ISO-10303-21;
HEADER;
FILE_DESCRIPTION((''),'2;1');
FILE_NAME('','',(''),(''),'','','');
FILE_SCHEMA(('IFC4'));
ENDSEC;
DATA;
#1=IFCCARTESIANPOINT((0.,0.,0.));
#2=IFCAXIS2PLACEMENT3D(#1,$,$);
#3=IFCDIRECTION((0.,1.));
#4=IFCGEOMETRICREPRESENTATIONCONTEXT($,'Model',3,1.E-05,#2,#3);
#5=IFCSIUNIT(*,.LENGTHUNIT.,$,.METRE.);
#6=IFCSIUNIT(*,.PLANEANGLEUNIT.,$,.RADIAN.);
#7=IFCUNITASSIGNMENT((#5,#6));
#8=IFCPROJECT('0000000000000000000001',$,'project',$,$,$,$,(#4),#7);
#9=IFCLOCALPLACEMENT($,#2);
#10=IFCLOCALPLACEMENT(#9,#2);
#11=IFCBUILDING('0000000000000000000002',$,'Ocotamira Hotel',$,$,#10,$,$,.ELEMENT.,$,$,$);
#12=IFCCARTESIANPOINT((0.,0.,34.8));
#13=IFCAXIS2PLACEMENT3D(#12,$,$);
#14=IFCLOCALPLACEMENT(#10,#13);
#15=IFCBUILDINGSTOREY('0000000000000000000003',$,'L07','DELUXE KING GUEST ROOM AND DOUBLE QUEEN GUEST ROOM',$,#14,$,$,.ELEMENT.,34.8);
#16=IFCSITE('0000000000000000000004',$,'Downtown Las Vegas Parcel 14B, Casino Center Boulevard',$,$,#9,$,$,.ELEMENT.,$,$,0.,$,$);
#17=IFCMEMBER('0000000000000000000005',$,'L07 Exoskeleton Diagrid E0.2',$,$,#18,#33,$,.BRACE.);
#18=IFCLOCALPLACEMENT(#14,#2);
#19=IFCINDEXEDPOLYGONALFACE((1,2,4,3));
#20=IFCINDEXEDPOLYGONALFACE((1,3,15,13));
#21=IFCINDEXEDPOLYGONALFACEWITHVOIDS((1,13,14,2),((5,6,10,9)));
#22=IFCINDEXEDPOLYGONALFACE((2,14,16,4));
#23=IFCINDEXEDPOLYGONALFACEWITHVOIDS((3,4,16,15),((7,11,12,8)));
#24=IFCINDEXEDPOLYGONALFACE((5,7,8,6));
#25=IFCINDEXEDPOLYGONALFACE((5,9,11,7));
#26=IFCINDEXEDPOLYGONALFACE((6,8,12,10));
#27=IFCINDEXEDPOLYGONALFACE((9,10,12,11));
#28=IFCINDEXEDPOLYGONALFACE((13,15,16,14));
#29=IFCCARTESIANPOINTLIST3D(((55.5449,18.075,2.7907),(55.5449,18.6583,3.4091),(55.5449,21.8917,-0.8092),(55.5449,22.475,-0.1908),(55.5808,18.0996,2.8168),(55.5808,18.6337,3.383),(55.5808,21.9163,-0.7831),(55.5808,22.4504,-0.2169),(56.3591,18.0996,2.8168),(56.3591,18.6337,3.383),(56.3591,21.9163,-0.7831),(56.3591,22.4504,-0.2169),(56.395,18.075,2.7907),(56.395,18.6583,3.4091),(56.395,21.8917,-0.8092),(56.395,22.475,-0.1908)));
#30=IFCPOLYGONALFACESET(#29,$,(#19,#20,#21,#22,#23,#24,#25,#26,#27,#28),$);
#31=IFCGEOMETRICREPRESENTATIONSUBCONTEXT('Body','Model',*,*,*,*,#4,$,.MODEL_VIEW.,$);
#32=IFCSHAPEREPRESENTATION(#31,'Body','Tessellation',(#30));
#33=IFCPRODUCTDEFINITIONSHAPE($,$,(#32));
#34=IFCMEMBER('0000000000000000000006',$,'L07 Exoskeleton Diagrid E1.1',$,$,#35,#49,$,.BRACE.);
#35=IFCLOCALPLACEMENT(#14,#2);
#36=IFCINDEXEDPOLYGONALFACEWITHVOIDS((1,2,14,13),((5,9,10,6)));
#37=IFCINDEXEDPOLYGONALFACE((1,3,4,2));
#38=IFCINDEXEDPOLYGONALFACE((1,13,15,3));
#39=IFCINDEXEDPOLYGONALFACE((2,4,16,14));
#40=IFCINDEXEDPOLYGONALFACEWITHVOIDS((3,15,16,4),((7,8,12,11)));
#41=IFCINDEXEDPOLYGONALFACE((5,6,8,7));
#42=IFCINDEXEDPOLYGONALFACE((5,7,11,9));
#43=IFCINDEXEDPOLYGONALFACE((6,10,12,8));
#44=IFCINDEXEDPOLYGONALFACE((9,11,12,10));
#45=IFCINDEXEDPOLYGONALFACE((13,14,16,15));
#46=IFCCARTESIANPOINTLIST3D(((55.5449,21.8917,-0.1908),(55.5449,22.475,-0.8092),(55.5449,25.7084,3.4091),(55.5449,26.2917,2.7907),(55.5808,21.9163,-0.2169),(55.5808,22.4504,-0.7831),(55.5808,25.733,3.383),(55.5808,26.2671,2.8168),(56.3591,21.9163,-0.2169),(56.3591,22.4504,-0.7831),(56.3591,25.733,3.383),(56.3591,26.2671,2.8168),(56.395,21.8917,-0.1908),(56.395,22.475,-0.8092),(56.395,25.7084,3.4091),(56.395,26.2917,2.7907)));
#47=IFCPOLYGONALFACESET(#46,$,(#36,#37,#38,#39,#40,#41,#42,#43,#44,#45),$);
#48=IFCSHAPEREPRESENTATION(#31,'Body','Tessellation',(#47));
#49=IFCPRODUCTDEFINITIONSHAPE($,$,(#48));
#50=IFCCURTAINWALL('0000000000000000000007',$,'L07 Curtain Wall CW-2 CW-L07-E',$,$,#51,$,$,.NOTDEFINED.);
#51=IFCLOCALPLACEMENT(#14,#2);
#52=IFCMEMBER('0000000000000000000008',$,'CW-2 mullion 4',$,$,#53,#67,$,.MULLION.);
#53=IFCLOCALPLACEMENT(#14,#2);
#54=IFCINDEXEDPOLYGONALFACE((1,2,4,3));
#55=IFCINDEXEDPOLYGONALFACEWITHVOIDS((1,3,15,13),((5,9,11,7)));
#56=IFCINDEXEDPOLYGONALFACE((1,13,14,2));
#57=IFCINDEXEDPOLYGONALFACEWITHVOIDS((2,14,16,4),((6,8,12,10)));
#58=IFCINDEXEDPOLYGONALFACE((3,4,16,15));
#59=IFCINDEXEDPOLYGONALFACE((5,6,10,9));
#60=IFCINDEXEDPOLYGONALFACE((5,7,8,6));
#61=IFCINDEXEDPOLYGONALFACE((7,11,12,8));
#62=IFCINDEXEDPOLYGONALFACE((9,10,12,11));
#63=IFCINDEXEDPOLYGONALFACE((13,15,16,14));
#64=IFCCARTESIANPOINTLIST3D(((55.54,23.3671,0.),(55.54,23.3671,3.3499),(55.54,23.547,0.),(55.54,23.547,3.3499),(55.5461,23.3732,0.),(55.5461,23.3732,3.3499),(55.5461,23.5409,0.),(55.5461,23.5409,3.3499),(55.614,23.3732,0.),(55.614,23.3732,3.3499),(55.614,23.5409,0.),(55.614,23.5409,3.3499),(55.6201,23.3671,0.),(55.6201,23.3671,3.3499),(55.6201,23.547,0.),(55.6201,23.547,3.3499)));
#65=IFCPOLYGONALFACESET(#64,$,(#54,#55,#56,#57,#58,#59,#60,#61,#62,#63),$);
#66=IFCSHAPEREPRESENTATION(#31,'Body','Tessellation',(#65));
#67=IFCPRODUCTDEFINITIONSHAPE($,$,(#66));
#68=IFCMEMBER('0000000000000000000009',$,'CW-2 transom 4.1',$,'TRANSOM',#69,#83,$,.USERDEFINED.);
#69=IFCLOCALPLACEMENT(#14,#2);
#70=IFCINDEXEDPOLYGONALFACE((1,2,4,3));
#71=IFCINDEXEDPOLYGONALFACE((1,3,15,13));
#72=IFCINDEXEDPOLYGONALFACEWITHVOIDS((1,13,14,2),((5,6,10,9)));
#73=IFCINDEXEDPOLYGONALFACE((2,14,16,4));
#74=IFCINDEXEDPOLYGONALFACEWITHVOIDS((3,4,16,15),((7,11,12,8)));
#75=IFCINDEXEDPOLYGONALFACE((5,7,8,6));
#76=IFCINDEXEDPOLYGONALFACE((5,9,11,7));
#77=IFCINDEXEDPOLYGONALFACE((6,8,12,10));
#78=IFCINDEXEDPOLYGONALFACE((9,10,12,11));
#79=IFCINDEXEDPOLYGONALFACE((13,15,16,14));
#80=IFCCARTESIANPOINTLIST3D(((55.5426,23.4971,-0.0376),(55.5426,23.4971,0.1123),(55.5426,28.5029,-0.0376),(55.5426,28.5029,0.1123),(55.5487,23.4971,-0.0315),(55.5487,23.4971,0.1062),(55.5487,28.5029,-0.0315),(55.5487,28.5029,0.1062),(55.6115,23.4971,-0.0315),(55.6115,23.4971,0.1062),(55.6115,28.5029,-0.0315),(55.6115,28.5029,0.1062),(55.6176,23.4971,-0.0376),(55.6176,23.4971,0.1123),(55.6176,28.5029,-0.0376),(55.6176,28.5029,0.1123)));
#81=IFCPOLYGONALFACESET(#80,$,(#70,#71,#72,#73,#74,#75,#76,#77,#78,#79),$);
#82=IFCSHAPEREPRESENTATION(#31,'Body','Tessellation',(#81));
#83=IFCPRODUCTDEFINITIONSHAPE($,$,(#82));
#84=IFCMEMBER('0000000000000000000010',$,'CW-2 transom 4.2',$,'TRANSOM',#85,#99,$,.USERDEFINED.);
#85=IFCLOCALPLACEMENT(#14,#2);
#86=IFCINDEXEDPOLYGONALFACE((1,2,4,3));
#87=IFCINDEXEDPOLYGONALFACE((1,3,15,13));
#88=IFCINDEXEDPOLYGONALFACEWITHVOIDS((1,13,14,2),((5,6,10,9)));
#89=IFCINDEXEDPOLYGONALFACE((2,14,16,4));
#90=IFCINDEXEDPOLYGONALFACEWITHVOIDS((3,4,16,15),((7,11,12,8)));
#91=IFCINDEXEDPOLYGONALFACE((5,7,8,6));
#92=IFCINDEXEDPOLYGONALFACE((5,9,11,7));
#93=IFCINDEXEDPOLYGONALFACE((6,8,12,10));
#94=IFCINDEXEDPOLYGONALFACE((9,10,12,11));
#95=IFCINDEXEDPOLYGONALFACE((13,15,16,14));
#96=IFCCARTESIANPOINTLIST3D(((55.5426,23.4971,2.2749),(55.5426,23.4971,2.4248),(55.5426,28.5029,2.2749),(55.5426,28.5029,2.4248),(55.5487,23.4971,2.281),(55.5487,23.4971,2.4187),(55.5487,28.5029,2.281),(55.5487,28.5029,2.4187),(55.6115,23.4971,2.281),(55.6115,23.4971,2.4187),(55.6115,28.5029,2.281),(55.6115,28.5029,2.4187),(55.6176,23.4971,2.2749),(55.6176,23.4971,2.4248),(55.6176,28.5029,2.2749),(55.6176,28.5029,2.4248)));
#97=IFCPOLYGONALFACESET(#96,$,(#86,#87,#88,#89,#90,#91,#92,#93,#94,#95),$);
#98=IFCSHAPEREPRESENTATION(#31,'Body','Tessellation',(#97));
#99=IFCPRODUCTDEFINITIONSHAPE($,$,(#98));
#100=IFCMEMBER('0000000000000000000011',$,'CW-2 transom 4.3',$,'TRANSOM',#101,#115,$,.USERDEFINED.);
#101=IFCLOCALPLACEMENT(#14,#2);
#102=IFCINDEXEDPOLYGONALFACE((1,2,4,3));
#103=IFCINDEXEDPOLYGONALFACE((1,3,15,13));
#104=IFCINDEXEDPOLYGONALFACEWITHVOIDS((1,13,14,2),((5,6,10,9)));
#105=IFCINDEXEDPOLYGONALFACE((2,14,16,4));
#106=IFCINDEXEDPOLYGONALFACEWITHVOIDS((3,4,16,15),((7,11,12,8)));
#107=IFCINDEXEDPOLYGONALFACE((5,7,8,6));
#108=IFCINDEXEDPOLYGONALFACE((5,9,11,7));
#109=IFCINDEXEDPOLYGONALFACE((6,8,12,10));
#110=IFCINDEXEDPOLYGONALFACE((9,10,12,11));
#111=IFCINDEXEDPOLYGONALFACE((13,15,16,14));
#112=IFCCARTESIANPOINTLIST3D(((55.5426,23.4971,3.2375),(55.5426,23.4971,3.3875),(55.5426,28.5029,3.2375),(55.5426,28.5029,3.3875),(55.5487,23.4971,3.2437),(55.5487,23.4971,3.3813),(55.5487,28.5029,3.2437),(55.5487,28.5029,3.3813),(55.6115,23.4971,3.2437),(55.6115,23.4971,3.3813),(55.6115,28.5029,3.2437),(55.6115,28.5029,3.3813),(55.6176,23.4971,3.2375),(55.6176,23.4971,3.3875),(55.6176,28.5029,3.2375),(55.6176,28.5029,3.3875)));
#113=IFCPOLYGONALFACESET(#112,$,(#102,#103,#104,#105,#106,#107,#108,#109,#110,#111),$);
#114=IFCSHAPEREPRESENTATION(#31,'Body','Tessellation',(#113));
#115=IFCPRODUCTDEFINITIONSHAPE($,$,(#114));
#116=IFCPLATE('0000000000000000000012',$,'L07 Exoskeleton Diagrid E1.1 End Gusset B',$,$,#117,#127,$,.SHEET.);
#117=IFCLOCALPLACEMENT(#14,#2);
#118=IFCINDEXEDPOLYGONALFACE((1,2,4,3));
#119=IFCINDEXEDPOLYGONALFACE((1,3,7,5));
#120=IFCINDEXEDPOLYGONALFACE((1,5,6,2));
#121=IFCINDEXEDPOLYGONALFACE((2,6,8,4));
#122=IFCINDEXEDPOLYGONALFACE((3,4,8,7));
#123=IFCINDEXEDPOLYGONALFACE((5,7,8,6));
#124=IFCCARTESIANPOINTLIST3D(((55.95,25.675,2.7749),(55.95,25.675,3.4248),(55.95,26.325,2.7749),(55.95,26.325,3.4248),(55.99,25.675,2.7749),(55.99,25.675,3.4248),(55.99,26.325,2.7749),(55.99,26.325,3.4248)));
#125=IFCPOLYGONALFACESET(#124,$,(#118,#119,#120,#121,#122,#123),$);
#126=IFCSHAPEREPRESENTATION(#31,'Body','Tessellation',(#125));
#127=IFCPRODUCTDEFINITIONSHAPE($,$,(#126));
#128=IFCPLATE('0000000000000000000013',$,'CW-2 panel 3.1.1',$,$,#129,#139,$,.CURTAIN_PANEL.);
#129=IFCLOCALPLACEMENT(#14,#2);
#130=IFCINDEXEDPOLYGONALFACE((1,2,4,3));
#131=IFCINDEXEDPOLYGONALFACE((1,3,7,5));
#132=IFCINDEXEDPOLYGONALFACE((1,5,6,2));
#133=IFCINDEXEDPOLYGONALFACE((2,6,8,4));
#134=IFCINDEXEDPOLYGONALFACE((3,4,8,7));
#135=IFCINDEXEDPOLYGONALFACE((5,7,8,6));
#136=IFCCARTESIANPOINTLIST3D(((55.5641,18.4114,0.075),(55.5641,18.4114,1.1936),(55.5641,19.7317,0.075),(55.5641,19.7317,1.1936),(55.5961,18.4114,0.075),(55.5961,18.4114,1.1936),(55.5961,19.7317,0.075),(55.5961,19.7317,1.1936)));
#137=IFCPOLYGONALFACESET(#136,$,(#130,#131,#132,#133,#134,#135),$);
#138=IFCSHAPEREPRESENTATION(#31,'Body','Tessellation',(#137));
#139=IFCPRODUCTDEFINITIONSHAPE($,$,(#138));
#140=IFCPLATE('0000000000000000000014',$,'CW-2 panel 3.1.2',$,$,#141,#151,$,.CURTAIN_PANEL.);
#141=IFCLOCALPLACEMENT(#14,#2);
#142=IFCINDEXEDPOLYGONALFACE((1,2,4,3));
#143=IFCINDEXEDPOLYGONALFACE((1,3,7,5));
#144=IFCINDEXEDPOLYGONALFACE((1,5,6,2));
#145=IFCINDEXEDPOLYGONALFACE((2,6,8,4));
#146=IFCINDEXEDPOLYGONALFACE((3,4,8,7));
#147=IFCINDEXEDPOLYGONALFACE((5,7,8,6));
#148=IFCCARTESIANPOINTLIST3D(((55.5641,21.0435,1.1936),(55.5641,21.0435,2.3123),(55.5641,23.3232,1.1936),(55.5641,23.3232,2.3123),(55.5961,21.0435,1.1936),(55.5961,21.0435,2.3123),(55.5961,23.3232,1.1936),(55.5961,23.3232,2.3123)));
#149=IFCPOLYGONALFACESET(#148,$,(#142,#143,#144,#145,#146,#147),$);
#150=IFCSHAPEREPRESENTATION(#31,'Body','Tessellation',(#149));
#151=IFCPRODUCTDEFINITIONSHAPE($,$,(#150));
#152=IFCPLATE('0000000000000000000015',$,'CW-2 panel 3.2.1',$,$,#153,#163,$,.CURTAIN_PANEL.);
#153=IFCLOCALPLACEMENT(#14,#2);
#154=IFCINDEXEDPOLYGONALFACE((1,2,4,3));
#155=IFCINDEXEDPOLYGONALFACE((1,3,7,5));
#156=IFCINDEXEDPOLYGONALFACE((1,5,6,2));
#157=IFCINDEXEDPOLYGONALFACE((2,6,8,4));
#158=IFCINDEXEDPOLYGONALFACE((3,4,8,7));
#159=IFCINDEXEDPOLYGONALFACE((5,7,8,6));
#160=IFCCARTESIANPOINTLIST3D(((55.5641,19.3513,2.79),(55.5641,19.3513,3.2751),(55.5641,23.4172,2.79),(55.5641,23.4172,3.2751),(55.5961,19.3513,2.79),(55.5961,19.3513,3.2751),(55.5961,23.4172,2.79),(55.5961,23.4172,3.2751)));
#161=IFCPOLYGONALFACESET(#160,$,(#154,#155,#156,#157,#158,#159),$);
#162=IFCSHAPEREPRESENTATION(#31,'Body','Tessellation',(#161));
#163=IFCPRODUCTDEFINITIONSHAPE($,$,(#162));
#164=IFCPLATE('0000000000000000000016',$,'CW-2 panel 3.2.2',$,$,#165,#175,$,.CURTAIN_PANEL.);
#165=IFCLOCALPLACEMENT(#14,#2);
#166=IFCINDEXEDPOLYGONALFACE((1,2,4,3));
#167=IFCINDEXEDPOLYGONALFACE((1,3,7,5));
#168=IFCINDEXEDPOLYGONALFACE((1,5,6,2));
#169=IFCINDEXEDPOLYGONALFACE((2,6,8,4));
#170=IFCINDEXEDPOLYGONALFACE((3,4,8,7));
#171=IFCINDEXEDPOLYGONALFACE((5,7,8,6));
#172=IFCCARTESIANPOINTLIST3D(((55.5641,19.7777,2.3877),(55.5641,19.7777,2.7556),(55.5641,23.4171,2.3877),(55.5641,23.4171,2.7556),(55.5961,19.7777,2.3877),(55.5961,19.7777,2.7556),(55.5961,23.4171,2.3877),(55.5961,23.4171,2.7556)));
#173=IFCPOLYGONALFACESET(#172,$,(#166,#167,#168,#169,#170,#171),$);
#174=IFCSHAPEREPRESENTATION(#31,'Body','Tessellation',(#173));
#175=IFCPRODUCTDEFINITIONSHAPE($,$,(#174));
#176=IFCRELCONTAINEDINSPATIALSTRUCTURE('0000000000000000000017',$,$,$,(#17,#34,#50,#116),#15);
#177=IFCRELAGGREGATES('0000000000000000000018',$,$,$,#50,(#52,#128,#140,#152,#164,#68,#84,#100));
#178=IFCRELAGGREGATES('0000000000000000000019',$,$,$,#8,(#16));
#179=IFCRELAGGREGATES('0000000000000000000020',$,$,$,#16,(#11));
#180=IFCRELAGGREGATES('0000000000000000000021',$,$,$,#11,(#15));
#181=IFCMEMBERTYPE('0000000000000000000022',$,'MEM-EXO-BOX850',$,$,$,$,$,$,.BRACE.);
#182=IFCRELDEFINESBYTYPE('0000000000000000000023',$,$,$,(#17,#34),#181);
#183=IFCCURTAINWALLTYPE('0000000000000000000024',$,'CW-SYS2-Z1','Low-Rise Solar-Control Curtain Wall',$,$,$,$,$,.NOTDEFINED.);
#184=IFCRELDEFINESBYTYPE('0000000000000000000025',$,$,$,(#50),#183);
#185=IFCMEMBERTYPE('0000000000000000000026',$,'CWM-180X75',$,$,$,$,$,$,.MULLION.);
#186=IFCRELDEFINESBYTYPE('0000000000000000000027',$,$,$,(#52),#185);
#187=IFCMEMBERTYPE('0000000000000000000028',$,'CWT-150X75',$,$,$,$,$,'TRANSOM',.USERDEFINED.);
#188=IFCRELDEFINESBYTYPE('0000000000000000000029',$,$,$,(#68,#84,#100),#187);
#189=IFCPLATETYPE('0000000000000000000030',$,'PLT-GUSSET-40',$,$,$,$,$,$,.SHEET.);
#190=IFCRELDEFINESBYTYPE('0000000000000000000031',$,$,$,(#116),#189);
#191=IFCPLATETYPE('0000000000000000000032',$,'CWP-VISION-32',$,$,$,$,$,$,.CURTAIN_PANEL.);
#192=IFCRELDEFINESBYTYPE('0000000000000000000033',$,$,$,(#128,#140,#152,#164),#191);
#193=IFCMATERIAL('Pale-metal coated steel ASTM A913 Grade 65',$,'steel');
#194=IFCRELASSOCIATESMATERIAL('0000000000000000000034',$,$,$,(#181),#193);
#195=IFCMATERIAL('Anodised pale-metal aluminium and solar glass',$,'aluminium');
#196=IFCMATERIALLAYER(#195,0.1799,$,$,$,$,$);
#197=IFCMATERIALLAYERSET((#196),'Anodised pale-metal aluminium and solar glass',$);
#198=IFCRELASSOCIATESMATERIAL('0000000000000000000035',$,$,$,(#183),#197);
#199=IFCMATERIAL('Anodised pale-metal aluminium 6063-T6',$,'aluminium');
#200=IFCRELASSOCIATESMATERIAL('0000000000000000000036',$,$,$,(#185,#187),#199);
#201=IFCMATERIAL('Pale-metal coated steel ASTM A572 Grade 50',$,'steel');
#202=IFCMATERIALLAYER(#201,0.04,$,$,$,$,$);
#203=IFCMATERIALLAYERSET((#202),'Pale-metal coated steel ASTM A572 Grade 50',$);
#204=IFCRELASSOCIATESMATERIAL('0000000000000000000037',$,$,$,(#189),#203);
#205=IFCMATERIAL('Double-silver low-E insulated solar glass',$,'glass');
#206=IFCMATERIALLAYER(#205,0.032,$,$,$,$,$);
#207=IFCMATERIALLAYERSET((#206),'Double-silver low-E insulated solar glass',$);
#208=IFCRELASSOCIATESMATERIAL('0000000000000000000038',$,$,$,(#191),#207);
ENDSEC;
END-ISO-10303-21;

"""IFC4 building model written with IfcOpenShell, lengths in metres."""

from ifc_helpers import new_model, si_unit, direction, frame, origin, origin_2d, place, context, subcontext, project, spatial, rectangle, hollow_rectangle, extrude, source, transform, mapped, material, layer, layer_set, material_profile, profile_set, type_object, element, aggregate, save


model = new_model("IFC4")

# Units and contexts
model_context = context("Model", 3, precision=1e-05, world=origin(), true_north=direction((0.0, 1.0)))
body_context = subcontext(model_context, "Body", "Model", "MODEL_VIEW")
ifc_project = project(units=[si_unit("LENGTHUNIT", "METRE"), si_unit("PLANEANGLEUNIT", "RADIAN")], contexts=[model_context])

# Site, building, storey
site_placement = place(None, origin())
site = spatial("IfcSite", under=ifc_project, at=site_placement, Name="Downtown Las Vegas Parcel 14B, Casino Center Boulevard", CompositionType="ELEMENT", RefElevation=0.0)
building_placement = place(site_placement, origin())
building = spatial("IfcBuilding", under=site, at=building_placement, Name="Ocotamira Hotel", CompositionType="ELEMENT")
storey_placement = place(building_placement, frame((0.0, 0.0, 34.8)))
storey = spatial("IfcBuildingStorey", under=building, at=storey_placement, Name="L07", Description="DELUXE KING GUEST ROOM AND DOUBLE QUEEN GUEST ROOM", CompositionType="ELEMENT", Elevation=34.8)

# Members
ifc_material_1 = material(Name="Pale-metal coated steel ASTM A913 Grade 65", Category="steel")
ifc_material_profile_1 = material_profile(ifc_material_1, hollow_rectangle(XDim=0.8501, YDim=0.8501, WallThickness=0.0359, at=origin_2d()), Name="BOX850X850X36")
ifc_profile_set_1 = profile_set([ifc_material_profile_1], Name="Pale-metal coated steel ASTM A913 Grade 65")
member_type_1 = type_object("IfcMemberType", Name="MEM-EXO-BOX850", PredefinedType="BRACE", material=ifc_profile_set_1)
shared_shape_1 = source(origin(), body_context, "Body", "SweptSolid", [
    extrude(hollow_rectangle(XDim=0.8501, YDim=0.8501, WallThickness=0.0359, at=origin_2d()), origin(), (0.0, 0.0, 1.0), 5.2466),
])
for number, where, z_axis, x_axis, name in (
    (1, (55.97, 22.1833, -0.5), (0.0, -0.727466, 0.686144), (1.0, 0.0, 0.0), "L07 Exoskeleton Diagrid E0.2"),
    (2, (55.97, 22.1833, -0.5), (0.0, 0.727466, 0.686144), (-1.0, 0.0, 0.0), "L07 Exoskeleton Diagrid E1.1"),
):
    element("IfcMember", number, at=place(storey_placement, frame(where, z_axis=z_axis, x_axis=x_axis)), inside=storey, type_object=member_type_1, Name=name, PredefinedType="BRACE", context=body_context, shape_type="MappedRepresentation", body=[
        mapped(shared_shape_1, transform((0.0, 0.0, 0.0), scale=1.0)),
    ])

# Curtain wall, members
ifc_material_2 = material(Name="Anodised pale-metal aluminium and solar glass", Category="aluminium")
ifc_layer_1 = layer(ifc_material_2, 0.1799)
ifc_layer_set_1 = layer_set([ifc_layer_1], Name="Anodised pale-metal aluminium and solar glass")
curtain_wall_type = type_object("IfcCurtainWallType", Name="CW-SYS2-Z1", Description="Low-Rise Solar-Control Curtain Wall", PredefinedType="NOTDEFINED", material=ifc_layer_set_1)
curtain_wall_placement = place(storey_placement, origin())
curtain_wall = element("IfcCurtainWall", 3, at=curtain_wall_placement, inside=storey, type_object=curtain_wall_type, Name="L07 Curtain Wall CW-2 CW-L07-E", PredefinedType="NOTDEFINED")
ifc_material_3 = material(Name="Anodised pale-metal aluminium 6063-T6", Category="aluminium")
ifc_material_profile_2 = material_profile(ifc_material_3, hollow_rectangle(XDim=0.0801, YDim=0.1799, WallThickness=0.0061, at=origin_2d()), Name="HSS180X80X6")
ifc_profile_set_2 = profile_set([ifc_material_profile_2], Name="Anodised pale-metal aluminium 6063-T6")
member_type_2 = type_object("IfcMemberType", Name="CWM-180X75", PredefinedType="MULLION", material=ifc_profile_set_2)
shared_shape_2 = source(origin(), body_context, "Body", "SweptSolid", [
    extrude(hollow_rectangle(XDim=0.0801, YDim=0.1799, WallThickness=0.0061, at=origin_2d()), origin(), (0.0, 0.0, 1.0), 3.3499),
])
member_1_placement = place(storey_placement, frame((55.5801, 23.457, 0.0), z_axis=(0.0, 0.0, 1.0), x_axis=(-1.0, 0.0, 0.0)))
member_1 = element("IfcMember", 4, at=member_1_placement, type_object=member_type_2, Name="CW-2 mullion 4", PredefinedType="MULLION", context=body_context, shape_type="MappedRepresentation", body=[
    mapped(shared_shape_2, transform((0.0, 0.0, 0.0), scale=1.0)),
])
ifc_material_profile_3 = material_profile(ifc_material_3, hollow_rectangle(XDim=0.075, YDim=0.1499, WallThickness=0.0061, at=origin_2d()), Name="HSS150X75X6")
ifc_profile_set_3 = profile_set([ifc_material_profile_3], Name="Anodised pale-metal aluminium 6063-T6")
member_type_3 = type_object("IfcMemberType", Name="CWT-150X75", ElementType="TRANSOM", PredefinedType="USERDEFINED", material=ifc_profile_set_3)
shared_shape_3 = source(origin(), body_context, "Body", "SweptSolid", [
    extrude(hollow_rectangle(XDim=0.075, YDim=0.1499, WallThickness=0.0061, at=origin_2d()), origin(), (0.0, 0.0, 1.0), 5.0059),
])
member_2_placement = place(storey_placement, frame((55.5801, 23.4971, 0.0374), z_axis=(0.0, 1.0, 0.0), x_axis=(-1.0, 0.0, 0.0)))
member_2 = element("IfcMember", 5, at=member_2_placement, type_object=member_type_3, Name="CW-2 transom 4.1", ObjectType="TRANSOM", PredefinedType="USERDEFINED", context=body_context, shape_type="MappedRepresentation", body=[
    mapped(shared_shape_3, transform((0.0, 0.0, 0.0), scale=1.0)),
])
member_3_placement = place(storey_placement, frame((55.5801, 23.4971, 2.3499), z_axis=(0.0, 1.0, 0.0), x_axis=(-1.0, 0.0, 0.0)))
member_3 = element("IfcMember", 6, at=member_3_placement, type_object=member_type_3, Name="CW-2 transom 4.2", ObjectType="TRANSOM", PredefinedType="USERDEFINED", context=body_context, shape_type="MappedRepresentation", body=[
    mapped(shared_shape_3, transform((0.0, 0.0, 0.0), scale=1.0)),
])
member_4_placement = place(storey_placement, frame((55.5801, 23.4971, 3.3125), z_axis=(0.0, 1.0, 0.0), x_axis=(-1.0, 0.0, 0.0)))
member_4 = element("IfcMember", 7, at=member_4_placement, type_object=member_type_3, Name="CW-2 transom 4.3", ObjectType="TRANSOM", PredefinedType="USERDEFINED", context=body_context, shape_type="MappedRepresentation", body=[
    mapped(shared_shape_3, transform((0.0, 0.0, 0.0), scale=1.0)),
])

# Plates
ifc_material_4 = material(Name="Pale-metal coated steel ASTM A572 Grade 50", Category="steel")
ifc_layer_2 = layer(ifc_material_4, 0.04)
ifc_layer_set_2 = layer_set([ifc_layer_2], Name="Pale-metal coated steel ASTM A572 Grade 50")
plate_type_1 = type_object("IfcPlateType", Name="PLT-GUSSET-40", PredefinedType="SHEET", material=ifc_layer_set_2)
shared_shape_4 = source(origin(), body_context, "Body", "SweptSolid", [
    extrude(rectangle(XDim=0.04, YDim=0.6499, at=origin_2d()), origin(), (0.0, 0.0, 1.0), 0.6499),
])
plate_1_placement = place(storey_placement, frame((55.97, 26.0, 2.7749), z_axis=(0.0, 0.0, 1.0), x_axis=(1.0, 0.0, 0.0)))
element("IfcPlate", 8, at=plate_1_placement, inside=storey, type_object=plate_type_1, Name="L07 Exoskeleton Diagrid E1.1 End Gusset B", PredefinedType="SHEET", context=body_context, shape_type="MappedRepresentation", body=[
    mapped(shared_shape_4, transform((0.0, 0.0, 0.0), scale=1.0)),
])
ifc_material_5 = material(Name="Double-silver low-E insulated solar glass", Category="glass")
ifc_layer_3 = layer(ifc_material_5, 0.032)
ifc_layer_set_3 = layer_set([ifc_layer_3], Name="Double-silver low-E insulated solar glass")
plate_type_2 = type_object("IfcPlateType", Name="CWP-VISION-32", PredefinedType="CURTAIN_PANEL", material=ifc_layer_set_3)
shared_shape_5 = source(origin(), body_context, "Body", "SweptSolid", [
    extrude(rectangle(XDim=1.3203, YDim=0.032, at=origin_2d()), origin(), (0.0, 0.0, 1.0), 1.1187),
])
plate_2_placement = place(storey_placement, frame((55.5801, 19.0715, 0.075), z_axis=(0.0, 0.0, 1.0), x_axis=(0.0, 1.0, 0.0)))
plate_2 = element("IfcPlate", 9, at=plate_2_placement, type_object=plate_type_2, Name="CW-2 panel 3.1.1", PredefinedType="CURTAIN_PANEL", context=body_context, shape_type="MappedRepresentation", body=[
    mapped(shared_shape_5, transform((0.0, 0.0, 0.0), scale=1.0)),
])
shared_shape_6 = source(origin(), body_context, "Body", "SweptSolid", [
    extrude(rectangle(XDim=2.2798, YDim=0.032, at=origin_2d()), origin(), (0.0, 0.0, 1.0), 1.1187),
])
plate_3_placement = place(storey_placement, frame((55.5801, 22.1833, 1.1936), z_axis=(0.0, 0.0, 1.0), x_axis=(0.0, 1.0, 0.0)))
plate_3 = element("IfcPlate", 10, at=plate_3_placement, type_object=plate_type_2, Name="CW-2 panel 3.1.2", PredefinedType="CURTAIN_PANEL", context=body_context, shape_type="MappedRepresentation", body=[
    mapped(shared_shape_6, transform((0.0, 0.0, 0.0), scale=1.0)),
])
shared_shape_7 = source(origin(), body_context, "Body", "SweptSolid", [
    extrude(rectangle(XDim=4.0659, YDim=0.032, at=origin_2d()), origin(), (0.0, 0.0, 1.0), 0.4851),
])
plate_4_placement = place(storey_placement, frame((55.5801, 21.3843, 2.79), z_axis=(0.0, 0.0, 1.0), x_axis=(0.0, 1.0, 0.0)))
plate_4 = element("IfcPlate", 11, at=plate_4_placement, type_object=plate_type_2, Name="CW-2 panel 3.2.1", PredefinedType="CURTAIN_PANEL", context=body_context, shape_type="MappedRepresentation", body=[
    mapped(shared_shape_7, transform((0.0, 0.0, 0.0), scale=1.0)),
])
shared_shape_8 = source(origin(), body_context, "Body", "SweptSolid", [
    extrude(rectangle(XDim=3.6394, YDim=0.032, at=origin_2d()), origin(), (0.0, 0.0, 1.0), 0.3679),
])
plate_5_placement = place(storey_placement, frame((55.5801, 21.5974, 2.3877), z_axis=(0.0, 0.0, 1.0), x_axis=(0.0, 1.0, 0.0)))
plate_5 = element("IfcPlate", 12, at=plate_5_placement, type_object=plate_type_2, Name="CW-2 panel 3.2.2", PredefinedType="CURTAIN_PANEL", context=body_context, shape_type="MappedRepresentation", body=[
    mapped(shared_shape_8, transform((0.0, 0.0, 0.0), scale=1.0)),
])
aggregate(curtain_wall, [member_1, plate_2, plate_3, plate_4, plate_5, member_2, member_3, member_4])

save(model, "model.ifc")
